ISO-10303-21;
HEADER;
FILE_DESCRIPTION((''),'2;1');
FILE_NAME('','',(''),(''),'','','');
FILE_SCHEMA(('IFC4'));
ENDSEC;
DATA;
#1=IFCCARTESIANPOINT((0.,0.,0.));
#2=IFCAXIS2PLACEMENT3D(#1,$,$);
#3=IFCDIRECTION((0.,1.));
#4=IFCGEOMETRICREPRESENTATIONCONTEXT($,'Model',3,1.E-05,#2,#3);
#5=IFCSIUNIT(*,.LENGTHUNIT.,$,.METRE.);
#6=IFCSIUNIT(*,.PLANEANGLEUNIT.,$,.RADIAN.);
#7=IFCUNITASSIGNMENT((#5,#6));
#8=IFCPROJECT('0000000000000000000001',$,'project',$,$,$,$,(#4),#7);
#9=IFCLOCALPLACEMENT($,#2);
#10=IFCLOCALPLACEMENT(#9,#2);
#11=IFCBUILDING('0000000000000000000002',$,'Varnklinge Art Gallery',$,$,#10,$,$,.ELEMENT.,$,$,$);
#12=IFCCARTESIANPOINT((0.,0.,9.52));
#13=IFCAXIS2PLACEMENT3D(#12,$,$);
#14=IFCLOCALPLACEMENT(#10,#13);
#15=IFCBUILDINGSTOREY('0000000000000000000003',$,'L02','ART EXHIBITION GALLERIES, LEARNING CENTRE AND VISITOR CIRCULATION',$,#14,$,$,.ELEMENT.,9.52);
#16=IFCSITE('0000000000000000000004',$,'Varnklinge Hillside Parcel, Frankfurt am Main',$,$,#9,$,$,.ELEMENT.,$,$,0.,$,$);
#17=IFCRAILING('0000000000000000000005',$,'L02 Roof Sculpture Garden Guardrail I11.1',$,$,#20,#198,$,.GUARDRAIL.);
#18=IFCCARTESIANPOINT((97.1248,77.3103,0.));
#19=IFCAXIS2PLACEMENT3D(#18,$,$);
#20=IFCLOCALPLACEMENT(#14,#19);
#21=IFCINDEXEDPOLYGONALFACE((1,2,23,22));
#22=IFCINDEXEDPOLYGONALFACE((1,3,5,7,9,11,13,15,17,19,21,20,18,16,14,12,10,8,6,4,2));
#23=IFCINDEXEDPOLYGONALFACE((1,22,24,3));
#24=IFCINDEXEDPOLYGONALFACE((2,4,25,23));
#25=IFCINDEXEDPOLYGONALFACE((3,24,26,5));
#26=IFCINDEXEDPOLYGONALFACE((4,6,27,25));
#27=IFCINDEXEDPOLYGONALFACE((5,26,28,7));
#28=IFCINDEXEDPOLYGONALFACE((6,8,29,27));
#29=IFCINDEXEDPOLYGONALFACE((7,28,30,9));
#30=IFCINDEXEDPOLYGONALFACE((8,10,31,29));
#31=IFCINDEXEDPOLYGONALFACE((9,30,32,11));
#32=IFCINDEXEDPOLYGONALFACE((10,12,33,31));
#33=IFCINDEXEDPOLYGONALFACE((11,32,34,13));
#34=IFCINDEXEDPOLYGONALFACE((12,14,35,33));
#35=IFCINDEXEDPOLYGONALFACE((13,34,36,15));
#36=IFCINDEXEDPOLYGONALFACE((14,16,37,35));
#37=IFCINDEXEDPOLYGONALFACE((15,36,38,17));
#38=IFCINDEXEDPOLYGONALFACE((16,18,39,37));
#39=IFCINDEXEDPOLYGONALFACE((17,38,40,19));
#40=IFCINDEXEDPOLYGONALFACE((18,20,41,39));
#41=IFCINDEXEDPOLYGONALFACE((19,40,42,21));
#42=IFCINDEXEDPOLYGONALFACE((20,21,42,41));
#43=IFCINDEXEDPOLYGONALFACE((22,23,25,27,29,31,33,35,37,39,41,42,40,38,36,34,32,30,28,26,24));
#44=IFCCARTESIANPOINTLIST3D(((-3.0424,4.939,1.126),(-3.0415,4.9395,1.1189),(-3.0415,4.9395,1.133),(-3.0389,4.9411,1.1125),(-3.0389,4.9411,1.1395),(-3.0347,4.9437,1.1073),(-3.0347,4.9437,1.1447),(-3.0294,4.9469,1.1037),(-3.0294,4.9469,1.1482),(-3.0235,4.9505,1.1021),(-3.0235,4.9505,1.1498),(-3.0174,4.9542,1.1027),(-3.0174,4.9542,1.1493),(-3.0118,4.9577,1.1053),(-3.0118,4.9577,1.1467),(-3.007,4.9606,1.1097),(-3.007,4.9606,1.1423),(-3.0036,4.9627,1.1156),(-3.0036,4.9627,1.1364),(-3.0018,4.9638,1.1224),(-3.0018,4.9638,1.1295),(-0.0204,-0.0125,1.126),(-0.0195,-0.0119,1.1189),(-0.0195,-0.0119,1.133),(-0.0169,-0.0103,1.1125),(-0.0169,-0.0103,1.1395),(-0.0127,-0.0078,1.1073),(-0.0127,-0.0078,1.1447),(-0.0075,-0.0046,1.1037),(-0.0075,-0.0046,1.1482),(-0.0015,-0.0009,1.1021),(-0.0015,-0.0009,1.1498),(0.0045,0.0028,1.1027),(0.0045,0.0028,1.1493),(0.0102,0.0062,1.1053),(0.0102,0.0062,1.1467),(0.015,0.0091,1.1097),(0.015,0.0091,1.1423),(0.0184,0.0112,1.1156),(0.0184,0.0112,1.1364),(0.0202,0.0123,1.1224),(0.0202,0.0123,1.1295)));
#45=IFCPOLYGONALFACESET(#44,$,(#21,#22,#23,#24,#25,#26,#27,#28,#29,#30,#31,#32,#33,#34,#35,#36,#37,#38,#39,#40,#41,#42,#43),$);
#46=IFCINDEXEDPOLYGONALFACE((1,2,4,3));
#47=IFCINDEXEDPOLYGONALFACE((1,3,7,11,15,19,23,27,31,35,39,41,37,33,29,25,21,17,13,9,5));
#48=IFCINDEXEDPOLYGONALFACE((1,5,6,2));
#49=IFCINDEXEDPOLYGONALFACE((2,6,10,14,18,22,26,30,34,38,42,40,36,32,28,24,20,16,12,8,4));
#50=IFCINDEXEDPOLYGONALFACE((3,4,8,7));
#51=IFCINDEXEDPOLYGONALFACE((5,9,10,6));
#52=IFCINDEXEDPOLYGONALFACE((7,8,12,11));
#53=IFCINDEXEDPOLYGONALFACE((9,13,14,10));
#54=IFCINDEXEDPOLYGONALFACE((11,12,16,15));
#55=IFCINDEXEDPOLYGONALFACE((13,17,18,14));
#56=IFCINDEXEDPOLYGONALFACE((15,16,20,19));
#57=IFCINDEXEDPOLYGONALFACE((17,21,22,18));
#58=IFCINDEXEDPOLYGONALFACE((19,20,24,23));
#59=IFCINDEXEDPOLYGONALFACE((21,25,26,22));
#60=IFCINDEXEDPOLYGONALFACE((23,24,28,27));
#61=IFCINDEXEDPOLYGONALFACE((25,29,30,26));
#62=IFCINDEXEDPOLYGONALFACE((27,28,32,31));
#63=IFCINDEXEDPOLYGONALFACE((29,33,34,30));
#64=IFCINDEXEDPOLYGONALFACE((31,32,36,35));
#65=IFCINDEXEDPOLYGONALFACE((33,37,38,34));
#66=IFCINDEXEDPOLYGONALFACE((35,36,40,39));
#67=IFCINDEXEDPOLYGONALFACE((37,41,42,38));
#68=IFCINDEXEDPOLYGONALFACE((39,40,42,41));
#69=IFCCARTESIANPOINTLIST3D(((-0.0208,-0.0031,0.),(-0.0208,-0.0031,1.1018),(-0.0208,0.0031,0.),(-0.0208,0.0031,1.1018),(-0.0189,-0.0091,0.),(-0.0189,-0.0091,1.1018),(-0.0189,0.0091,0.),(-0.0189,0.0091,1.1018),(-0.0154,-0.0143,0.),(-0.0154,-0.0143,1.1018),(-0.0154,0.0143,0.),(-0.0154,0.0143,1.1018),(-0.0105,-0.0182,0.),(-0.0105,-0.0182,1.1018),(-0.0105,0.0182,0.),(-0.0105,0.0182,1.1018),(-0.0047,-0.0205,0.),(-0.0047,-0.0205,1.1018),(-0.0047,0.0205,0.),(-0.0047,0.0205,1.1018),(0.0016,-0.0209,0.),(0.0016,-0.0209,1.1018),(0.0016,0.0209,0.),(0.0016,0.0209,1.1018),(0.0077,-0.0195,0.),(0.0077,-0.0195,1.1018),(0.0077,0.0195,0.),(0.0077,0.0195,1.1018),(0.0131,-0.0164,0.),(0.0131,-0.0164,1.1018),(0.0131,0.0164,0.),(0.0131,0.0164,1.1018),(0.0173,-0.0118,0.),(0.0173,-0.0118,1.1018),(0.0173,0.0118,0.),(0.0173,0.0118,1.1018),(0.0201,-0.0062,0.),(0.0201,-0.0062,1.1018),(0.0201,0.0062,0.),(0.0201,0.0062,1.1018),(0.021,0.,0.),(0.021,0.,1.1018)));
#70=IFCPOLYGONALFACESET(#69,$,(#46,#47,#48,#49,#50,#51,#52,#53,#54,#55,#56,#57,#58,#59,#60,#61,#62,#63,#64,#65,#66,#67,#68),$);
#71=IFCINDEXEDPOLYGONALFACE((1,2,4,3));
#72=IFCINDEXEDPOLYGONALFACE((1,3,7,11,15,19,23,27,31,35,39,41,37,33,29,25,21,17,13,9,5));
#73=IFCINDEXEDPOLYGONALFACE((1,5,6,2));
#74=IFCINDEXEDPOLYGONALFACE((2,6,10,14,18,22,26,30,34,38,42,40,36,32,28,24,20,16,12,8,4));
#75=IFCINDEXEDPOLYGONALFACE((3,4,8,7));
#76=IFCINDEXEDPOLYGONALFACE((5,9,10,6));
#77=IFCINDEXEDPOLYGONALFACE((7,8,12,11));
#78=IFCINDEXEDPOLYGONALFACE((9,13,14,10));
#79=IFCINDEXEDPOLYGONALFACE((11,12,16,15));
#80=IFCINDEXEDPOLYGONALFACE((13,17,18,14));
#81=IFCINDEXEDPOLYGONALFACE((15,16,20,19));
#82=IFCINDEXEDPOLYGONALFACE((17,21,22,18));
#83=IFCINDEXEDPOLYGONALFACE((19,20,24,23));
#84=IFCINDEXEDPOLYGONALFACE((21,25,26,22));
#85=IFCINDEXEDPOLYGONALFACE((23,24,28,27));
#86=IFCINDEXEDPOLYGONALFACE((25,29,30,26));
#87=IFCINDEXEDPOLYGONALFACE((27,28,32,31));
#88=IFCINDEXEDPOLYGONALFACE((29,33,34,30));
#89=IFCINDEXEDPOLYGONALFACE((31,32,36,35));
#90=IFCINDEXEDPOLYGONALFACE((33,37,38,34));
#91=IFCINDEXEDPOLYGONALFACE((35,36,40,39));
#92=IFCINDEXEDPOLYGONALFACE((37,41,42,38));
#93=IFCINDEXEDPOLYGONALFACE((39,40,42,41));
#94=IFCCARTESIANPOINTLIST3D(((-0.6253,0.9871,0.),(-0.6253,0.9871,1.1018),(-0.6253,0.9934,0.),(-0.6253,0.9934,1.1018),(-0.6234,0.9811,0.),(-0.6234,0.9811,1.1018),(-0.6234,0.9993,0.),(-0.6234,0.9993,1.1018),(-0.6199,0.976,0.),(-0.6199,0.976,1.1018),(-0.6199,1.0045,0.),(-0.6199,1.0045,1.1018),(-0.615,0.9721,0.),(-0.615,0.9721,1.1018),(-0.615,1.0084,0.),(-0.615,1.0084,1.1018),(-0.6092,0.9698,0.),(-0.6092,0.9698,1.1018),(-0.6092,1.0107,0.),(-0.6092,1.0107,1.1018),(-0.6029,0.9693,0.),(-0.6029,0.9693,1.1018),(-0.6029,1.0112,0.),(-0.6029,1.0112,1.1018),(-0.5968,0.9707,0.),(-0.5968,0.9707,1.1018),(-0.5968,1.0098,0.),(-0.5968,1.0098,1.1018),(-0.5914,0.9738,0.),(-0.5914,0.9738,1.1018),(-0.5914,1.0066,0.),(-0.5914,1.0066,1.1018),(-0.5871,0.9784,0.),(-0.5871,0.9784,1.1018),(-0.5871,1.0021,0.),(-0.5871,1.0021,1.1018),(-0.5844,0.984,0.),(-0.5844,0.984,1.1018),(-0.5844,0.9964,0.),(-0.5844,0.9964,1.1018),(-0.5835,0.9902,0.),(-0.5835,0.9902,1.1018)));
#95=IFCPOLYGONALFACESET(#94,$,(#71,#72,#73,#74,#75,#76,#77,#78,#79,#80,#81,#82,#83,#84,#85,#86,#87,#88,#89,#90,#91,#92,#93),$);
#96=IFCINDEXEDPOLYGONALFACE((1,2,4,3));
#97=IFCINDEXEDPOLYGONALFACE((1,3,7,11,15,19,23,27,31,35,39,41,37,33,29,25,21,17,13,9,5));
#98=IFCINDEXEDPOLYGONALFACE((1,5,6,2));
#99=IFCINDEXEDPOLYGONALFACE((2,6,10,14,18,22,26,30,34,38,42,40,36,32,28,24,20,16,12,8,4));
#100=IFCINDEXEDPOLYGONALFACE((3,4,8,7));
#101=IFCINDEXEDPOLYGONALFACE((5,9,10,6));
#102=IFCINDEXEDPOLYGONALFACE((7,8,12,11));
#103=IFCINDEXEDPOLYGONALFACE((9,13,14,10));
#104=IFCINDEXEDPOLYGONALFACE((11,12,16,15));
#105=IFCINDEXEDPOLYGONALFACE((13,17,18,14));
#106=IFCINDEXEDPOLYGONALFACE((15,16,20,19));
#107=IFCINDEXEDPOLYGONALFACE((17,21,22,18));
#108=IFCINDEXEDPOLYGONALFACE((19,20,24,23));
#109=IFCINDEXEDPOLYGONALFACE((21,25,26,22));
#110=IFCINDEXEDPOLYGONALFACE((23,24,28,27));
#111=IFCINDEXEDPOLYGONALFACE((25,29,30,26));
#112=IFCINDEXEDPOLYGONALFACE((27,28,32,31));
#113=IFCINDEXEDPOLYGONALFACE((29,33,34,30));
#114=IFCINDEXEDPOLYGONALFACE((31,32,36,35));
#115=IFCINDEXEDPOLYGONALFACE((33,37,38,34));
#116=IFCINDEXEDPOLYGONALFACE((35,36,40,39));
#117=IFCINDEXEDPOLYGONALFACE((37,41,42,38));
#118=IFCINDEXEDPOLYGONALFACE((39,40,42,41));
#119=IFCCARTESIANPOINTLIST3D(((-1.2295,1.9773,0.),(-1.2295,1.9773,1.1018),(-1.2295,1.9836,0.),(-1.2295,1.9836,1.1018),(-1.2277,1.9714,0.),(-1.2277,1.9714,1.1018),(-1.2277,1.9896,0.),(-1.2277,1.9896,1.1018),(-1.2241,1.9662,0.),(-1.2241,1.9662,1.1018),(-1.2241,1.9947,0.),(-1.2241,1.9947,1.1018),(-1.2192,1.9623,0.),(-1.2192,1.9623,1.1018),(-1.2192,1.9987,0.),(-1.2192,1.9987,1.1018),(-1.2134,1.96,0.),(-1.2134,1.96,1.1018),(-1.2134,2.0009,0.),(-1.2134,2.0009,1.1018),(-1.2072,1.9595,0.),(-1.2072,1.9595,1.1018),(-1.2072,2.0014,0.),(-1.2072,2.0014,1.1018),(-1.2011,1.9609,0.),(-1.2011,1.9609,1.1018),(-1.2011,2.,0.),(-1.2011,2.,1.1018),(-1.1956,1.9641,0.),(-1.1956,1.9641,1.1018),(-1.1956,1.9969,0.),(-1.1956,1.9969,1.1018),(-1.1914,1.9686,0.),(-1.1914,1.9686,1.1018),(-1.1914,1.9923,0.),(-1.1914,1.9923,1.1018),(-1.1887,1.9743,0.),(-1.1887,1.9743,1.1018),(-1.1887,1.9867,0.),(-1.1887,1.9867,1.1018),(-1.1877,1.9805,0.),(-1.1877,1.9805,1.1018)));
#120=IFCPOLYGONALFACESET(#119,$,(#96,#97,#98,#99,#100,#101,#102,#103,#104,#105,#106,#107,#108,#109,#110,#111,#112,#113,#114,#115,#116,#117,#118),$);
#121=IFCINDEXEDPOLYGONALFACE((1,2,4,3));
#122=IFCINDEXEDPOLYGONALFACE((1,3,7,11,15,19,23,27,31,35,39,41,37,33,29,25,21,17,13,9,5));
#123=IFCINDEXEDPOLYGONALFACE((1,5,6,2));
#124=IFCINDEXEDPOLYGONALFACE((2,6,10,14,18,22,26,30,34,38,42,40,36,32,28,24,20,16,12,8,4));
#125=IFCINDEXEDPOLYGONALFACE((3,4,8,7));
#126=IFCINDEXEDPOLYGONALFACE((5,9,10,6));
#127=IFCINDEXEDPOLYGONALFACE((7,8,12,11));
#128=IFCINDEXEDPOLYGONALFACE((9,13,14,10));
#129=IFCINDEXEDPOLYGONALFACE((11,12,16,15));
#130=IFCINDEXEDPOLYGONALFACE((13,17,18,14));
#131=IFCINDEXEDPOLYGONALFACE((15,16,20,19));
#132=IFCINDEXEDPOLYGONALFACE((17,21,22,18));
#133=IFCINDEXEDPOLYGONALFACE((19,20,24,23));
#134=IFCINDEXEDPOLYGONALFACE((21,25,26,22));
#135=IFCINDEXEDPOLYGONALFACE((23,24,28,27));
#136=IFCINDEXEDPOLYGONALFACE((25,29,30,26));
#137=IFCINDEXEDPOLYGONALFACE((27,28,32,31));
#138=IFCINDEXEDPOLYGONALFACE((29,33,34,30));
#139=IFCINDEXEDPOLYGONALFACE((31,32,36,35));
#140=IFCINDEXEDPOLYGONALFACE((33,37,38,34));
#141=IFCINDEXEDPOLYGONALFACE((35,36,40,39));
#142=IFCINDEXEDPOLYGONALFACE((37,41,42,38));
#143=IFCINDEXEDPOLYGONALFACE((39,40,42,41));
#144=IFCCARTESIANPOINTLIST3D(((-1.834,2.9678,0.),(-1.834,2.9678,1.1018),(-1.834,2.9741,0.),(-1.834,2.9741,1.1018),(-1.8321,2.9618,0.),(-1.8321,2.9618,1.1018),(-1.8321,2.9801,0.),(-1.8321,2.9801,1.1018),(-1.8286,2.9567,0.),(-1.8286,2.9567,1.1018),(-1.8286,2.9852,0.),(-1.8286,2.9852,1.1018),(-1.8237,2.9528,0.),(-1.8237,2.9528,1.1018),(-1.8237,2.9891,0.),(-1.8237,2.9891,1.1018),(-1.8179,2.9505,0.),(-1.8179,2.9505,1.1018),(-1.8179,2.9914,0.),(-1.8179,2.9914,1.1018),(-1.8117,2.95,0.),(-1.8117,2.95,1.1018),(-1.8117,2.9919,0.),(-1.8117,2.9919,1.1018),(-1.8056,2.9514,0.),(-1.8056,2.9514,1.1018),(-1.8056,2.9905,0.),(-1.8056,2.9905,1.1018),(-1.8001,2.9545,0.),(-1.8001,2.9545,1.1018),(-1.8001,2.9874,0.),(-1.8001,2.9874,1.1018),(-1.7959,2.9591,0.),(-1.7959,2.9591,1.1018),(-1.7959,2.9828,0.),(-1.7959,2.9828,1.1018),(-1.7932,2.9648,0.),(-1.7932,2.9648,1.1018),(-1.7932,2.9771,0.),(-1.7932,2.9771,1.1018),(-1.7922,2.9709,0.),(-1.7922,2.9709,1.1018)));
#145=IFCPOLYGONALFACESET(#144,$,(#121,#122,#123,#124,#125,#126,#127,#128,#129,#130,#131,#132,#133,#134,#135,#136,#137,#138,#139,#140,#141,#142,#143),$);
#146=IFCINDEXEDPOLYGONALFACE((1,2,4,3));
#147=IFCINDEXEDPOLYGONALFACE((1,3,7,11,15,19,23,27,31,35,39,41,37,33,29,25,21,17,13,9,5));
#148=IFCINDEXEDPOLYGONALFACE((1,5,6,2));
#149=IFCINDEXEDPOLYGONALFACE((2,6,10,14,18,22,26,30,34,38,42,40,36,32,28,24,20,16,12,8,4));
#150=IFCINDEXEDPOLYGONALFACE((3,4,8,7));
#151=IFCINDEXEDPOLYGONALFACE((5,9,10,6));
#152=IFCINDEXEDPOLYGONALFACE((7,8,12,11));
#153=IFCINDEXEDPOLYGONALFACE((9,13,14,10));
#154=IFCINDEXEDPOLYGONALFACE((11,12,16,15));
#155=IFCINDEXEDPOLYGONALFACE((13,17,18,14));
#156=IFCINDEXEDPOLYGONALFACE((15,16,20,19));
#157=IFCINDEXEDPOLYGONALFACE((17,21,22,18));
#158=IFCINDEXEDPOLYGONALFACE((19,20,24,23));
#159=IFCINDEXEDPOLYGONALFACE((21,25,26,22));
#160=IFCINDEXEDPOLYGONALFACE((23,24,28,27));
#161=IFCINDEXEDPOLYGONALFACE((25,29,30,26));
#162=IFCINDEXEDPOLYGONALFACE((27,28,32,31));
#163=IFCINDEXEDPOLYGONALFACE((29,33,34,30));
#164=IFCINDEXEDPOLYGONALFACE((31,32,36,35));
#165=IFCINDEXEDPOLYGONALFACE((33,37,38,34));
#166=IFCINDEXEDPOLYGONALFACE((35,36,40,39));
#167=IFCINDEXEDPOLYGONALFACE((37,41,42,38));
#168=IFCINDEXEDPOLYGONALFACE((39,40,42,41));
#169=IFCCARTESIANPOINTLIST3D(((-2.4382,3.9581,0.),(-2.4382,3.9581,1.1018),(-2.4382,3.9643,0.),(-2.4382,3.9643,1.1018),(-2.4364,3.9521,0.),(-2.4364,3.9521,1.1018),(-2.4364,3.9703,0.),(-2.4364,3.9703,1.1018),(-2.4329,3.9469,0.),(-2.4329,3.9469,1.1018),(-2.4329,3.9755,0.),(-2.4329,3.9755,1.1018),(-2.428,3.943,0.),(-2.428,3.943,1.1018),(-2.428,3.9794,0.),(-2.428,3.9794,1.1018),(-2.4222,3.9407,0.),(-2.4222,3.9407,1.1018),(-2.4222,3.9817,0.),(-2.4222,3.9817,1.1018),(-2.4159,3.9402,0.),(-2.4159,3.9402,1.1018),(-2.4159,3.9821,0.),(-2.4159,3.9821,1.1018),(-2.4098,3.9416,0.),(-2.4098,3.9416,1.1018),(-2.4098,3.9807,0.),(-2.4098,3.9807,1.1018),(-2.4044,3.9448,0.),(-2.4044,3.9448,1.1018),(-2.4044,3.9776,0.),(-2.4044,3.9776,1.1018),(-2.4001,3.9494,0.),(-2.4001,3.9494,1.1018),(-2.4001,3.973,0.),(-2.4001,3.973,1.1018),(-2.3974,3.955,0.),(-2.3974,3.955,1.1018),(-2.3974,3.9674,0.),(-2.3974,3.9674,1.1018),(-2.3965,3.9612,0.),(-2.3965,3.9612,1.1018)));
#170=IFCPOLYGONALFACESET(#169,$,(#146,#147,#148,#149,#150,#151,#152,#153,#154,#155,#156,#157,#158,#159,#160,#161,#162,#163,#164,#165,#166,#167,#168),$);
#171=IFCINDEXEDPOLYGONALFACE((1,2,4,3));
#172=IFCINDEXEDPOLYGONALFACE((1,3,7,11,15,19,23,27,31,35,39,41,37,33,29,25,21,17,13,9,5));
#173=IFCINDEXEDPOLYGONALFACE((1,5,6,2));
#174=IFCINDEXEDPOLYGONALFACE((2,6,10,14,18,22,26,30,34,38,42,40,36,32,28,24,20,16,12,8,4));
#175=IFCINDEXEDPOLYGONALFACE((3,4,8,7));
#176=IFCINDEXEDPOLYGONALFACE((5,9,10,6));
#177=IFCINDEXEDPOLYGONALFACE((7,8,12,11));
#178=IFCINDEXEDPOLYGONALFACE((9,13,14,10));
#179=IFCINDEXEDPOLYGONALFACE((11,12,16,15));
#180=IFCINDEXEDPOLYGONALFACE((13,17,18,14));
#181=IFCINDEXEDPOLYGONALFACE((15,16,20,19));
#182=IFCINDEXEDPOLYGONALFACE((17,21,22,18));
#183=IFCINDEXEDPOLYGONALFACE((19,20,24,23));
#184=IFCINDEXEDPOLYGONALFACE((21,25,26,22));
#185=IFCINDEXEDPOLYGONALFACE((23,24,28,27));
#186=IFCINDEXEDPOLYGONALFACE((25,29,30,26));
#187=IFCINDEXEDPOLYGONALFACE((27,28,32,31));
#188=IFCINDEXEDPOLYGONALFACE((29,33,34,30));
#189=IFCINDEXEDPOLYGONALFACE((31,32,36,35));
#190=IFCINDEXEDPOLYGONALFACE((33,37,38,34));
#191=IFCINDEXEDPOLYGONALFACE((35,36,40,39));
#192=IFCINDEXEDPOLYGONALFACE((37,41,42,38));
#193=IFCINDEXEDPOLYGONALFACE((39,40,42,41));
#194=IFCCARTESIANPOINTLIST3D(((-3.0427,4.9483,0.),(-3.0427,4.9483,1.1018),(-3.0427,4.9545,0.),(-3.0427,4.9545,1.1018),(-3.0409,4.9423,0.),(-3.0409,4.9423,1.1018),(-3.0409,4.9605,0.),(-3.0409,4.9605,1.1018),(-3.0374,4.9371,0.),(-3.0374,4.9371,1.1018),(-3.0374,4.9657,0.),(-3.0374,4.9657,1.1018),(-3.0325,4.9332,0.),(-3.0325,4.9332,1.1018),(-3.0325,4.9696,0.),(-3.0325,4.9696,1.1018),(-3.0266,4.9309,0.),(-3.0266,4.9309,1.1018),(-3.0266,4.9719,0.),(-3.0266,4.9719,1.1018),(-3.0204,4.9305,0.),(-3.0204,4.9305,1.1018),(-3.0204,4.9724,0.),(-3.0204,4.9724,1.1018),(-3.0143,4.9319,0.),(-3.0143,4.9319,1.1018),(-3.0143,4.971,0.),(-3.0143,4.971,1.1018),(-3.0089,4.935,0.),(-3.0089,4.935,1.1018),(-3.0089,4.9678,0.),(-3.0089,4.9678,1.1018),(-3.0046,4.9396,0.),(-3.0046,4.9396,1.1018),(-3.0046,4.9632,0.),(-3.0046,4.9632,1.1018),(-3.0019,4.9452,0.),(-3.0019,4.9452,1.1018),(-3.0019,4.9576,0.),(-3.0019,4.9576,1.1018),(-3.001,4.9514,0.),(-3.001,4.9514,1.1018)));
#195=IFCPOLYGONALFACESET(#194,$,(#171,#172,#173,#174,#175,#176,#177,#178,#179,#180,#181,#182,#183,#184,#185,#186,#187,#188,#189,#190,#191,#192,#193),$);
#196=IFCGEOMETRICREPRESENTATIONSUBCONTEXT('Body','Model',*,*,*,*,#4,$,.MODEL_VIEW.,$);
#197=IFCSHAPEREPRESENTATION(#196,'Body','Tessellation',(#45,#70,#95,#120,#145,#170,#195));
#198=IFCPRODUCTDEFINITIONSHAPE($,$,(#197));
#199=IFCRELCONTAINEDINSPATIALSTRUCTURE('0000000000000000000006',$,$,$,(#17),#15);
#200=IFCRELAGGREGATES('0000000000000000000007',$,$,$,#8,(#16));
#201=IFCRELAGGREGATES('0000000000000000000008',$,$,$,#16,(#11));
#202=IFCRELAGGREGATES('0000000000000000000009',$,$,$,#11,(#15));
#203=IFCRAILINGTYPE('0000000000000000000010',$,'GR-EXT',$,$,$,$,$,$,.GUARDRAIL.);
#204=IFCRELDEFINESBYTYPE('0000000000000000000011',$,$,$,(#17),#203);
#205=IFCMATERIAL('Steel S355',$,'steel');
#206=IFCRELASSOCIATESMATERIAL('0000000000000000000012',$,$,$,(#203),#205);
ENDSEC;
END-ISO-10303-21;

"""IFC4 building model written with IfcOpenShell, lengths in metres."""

from ifc_helpers import new_model, si_unit, direction, frame, origin, origin_2d, place, context, subcontext, project, spatial, circle, extrude, material, type_object, element, save


model = new_model("IFC4")

# Units and contexts
model_context = context("Model", 3, precision=1e-05, world=origin(), true_north=direction((0.0, 1.0)))
body_context = subcontext(model_context, "Body", "Model", "MODEL_VIEW")
ifc_project = project(units=[si_unit("LENGTHUNIT", "METRE"), si_unit("PLANEANGLEUNIT", "RADIAN")], contexts=[model_context])

# Site, building, storey
site_placement = place(None, origin())
site = spatial("IfcSite", under=ifc_project, at=site_placement, Name="Varnklinge Hillside Parcel, Frankfurt am Main", CompositionType="ELEMENT", RefElevation=0.0)
building_placement = place(site_placement, origin())
building = spatial("IfcBuilding", under=site, at=building_placement, Name="Varnklinge Art Gallery", CompositionType="ELEMENT")
storey_placement = place(building_placement, frame((0.0, 0.0, 9.52)))
storey = spatial("IfcBuildingStorey", under=building, at=storey_placement, Name="L02", Description="ART EXHIBITION GALLERIES, LEARNING CENTRE AND VISITOR CIRCULATION", CompositionType="ELEMENT", Elevation=9.52)

# Railing
ifc_material_1 = material(Name="Steel S355", Category="steel")
railing_type = type_object("IfcRailingType", Name="GR-EXT", PredefinedType="GUARDRAIL", material=ifc_material_1)
railing_1_placement = place(storey_placement, frame((97.1248, 77.3103, 0.0)))
element("IfcRailing", 1, at=railing_1_placement, inside=storey, type_object=railing_type, Name="L02 Roof Sculpture Garden Guardrail I11.1", PredefinedType="GUARDRAIL", context=body_context, shape_type="SweptSolid", body=[
    extrude(circle(Radius=0.0239, at=origin_2d()), frame((0.0, 0.0, 1.126), z_axis=(-0.520961, 0.85358, 0.0), x_axis=(-0.85358, -0.520961, 0.0)), (0.0, 0.0, 1.0), 5.8008),
    extrude(circle(Radius=0.021, at=origin_2d()), origin(), (0.0, 0.0, 1.0), 1.1018),
    extrude(circle(Radius=0.021, at=origin_2d()), frame((-0.6045, 0.9902, 0.0)), (0.0, 0.0, 1.0), 1.1018),
    extrude(circle(Radius=0.021, at=origin_2d()), frame((-1.2087, 1.9805, 0.0)), (0.0, 0.0, 1.0), 1.1018),
    extrude(circle(Radius=0.021, at=origin_2d()), frame((-1.8132, 2.9709, 0.0)), (0.0, 0.0, 1.0), 1.1018),
    extrude(circle(Radius=0.021, at=origin_2d()), frame((-2.4175, 3.9612, 0.0)), (0.0, 0.0, 1.0), 1.1018),
    extrude(circle(Radius=0.021, at=origin_2d()), frame((-3.022, 4.9514, 0.0)), (0.0, 0.0, 1.0), 1.1018),
])

save(model, "model.ifc")
